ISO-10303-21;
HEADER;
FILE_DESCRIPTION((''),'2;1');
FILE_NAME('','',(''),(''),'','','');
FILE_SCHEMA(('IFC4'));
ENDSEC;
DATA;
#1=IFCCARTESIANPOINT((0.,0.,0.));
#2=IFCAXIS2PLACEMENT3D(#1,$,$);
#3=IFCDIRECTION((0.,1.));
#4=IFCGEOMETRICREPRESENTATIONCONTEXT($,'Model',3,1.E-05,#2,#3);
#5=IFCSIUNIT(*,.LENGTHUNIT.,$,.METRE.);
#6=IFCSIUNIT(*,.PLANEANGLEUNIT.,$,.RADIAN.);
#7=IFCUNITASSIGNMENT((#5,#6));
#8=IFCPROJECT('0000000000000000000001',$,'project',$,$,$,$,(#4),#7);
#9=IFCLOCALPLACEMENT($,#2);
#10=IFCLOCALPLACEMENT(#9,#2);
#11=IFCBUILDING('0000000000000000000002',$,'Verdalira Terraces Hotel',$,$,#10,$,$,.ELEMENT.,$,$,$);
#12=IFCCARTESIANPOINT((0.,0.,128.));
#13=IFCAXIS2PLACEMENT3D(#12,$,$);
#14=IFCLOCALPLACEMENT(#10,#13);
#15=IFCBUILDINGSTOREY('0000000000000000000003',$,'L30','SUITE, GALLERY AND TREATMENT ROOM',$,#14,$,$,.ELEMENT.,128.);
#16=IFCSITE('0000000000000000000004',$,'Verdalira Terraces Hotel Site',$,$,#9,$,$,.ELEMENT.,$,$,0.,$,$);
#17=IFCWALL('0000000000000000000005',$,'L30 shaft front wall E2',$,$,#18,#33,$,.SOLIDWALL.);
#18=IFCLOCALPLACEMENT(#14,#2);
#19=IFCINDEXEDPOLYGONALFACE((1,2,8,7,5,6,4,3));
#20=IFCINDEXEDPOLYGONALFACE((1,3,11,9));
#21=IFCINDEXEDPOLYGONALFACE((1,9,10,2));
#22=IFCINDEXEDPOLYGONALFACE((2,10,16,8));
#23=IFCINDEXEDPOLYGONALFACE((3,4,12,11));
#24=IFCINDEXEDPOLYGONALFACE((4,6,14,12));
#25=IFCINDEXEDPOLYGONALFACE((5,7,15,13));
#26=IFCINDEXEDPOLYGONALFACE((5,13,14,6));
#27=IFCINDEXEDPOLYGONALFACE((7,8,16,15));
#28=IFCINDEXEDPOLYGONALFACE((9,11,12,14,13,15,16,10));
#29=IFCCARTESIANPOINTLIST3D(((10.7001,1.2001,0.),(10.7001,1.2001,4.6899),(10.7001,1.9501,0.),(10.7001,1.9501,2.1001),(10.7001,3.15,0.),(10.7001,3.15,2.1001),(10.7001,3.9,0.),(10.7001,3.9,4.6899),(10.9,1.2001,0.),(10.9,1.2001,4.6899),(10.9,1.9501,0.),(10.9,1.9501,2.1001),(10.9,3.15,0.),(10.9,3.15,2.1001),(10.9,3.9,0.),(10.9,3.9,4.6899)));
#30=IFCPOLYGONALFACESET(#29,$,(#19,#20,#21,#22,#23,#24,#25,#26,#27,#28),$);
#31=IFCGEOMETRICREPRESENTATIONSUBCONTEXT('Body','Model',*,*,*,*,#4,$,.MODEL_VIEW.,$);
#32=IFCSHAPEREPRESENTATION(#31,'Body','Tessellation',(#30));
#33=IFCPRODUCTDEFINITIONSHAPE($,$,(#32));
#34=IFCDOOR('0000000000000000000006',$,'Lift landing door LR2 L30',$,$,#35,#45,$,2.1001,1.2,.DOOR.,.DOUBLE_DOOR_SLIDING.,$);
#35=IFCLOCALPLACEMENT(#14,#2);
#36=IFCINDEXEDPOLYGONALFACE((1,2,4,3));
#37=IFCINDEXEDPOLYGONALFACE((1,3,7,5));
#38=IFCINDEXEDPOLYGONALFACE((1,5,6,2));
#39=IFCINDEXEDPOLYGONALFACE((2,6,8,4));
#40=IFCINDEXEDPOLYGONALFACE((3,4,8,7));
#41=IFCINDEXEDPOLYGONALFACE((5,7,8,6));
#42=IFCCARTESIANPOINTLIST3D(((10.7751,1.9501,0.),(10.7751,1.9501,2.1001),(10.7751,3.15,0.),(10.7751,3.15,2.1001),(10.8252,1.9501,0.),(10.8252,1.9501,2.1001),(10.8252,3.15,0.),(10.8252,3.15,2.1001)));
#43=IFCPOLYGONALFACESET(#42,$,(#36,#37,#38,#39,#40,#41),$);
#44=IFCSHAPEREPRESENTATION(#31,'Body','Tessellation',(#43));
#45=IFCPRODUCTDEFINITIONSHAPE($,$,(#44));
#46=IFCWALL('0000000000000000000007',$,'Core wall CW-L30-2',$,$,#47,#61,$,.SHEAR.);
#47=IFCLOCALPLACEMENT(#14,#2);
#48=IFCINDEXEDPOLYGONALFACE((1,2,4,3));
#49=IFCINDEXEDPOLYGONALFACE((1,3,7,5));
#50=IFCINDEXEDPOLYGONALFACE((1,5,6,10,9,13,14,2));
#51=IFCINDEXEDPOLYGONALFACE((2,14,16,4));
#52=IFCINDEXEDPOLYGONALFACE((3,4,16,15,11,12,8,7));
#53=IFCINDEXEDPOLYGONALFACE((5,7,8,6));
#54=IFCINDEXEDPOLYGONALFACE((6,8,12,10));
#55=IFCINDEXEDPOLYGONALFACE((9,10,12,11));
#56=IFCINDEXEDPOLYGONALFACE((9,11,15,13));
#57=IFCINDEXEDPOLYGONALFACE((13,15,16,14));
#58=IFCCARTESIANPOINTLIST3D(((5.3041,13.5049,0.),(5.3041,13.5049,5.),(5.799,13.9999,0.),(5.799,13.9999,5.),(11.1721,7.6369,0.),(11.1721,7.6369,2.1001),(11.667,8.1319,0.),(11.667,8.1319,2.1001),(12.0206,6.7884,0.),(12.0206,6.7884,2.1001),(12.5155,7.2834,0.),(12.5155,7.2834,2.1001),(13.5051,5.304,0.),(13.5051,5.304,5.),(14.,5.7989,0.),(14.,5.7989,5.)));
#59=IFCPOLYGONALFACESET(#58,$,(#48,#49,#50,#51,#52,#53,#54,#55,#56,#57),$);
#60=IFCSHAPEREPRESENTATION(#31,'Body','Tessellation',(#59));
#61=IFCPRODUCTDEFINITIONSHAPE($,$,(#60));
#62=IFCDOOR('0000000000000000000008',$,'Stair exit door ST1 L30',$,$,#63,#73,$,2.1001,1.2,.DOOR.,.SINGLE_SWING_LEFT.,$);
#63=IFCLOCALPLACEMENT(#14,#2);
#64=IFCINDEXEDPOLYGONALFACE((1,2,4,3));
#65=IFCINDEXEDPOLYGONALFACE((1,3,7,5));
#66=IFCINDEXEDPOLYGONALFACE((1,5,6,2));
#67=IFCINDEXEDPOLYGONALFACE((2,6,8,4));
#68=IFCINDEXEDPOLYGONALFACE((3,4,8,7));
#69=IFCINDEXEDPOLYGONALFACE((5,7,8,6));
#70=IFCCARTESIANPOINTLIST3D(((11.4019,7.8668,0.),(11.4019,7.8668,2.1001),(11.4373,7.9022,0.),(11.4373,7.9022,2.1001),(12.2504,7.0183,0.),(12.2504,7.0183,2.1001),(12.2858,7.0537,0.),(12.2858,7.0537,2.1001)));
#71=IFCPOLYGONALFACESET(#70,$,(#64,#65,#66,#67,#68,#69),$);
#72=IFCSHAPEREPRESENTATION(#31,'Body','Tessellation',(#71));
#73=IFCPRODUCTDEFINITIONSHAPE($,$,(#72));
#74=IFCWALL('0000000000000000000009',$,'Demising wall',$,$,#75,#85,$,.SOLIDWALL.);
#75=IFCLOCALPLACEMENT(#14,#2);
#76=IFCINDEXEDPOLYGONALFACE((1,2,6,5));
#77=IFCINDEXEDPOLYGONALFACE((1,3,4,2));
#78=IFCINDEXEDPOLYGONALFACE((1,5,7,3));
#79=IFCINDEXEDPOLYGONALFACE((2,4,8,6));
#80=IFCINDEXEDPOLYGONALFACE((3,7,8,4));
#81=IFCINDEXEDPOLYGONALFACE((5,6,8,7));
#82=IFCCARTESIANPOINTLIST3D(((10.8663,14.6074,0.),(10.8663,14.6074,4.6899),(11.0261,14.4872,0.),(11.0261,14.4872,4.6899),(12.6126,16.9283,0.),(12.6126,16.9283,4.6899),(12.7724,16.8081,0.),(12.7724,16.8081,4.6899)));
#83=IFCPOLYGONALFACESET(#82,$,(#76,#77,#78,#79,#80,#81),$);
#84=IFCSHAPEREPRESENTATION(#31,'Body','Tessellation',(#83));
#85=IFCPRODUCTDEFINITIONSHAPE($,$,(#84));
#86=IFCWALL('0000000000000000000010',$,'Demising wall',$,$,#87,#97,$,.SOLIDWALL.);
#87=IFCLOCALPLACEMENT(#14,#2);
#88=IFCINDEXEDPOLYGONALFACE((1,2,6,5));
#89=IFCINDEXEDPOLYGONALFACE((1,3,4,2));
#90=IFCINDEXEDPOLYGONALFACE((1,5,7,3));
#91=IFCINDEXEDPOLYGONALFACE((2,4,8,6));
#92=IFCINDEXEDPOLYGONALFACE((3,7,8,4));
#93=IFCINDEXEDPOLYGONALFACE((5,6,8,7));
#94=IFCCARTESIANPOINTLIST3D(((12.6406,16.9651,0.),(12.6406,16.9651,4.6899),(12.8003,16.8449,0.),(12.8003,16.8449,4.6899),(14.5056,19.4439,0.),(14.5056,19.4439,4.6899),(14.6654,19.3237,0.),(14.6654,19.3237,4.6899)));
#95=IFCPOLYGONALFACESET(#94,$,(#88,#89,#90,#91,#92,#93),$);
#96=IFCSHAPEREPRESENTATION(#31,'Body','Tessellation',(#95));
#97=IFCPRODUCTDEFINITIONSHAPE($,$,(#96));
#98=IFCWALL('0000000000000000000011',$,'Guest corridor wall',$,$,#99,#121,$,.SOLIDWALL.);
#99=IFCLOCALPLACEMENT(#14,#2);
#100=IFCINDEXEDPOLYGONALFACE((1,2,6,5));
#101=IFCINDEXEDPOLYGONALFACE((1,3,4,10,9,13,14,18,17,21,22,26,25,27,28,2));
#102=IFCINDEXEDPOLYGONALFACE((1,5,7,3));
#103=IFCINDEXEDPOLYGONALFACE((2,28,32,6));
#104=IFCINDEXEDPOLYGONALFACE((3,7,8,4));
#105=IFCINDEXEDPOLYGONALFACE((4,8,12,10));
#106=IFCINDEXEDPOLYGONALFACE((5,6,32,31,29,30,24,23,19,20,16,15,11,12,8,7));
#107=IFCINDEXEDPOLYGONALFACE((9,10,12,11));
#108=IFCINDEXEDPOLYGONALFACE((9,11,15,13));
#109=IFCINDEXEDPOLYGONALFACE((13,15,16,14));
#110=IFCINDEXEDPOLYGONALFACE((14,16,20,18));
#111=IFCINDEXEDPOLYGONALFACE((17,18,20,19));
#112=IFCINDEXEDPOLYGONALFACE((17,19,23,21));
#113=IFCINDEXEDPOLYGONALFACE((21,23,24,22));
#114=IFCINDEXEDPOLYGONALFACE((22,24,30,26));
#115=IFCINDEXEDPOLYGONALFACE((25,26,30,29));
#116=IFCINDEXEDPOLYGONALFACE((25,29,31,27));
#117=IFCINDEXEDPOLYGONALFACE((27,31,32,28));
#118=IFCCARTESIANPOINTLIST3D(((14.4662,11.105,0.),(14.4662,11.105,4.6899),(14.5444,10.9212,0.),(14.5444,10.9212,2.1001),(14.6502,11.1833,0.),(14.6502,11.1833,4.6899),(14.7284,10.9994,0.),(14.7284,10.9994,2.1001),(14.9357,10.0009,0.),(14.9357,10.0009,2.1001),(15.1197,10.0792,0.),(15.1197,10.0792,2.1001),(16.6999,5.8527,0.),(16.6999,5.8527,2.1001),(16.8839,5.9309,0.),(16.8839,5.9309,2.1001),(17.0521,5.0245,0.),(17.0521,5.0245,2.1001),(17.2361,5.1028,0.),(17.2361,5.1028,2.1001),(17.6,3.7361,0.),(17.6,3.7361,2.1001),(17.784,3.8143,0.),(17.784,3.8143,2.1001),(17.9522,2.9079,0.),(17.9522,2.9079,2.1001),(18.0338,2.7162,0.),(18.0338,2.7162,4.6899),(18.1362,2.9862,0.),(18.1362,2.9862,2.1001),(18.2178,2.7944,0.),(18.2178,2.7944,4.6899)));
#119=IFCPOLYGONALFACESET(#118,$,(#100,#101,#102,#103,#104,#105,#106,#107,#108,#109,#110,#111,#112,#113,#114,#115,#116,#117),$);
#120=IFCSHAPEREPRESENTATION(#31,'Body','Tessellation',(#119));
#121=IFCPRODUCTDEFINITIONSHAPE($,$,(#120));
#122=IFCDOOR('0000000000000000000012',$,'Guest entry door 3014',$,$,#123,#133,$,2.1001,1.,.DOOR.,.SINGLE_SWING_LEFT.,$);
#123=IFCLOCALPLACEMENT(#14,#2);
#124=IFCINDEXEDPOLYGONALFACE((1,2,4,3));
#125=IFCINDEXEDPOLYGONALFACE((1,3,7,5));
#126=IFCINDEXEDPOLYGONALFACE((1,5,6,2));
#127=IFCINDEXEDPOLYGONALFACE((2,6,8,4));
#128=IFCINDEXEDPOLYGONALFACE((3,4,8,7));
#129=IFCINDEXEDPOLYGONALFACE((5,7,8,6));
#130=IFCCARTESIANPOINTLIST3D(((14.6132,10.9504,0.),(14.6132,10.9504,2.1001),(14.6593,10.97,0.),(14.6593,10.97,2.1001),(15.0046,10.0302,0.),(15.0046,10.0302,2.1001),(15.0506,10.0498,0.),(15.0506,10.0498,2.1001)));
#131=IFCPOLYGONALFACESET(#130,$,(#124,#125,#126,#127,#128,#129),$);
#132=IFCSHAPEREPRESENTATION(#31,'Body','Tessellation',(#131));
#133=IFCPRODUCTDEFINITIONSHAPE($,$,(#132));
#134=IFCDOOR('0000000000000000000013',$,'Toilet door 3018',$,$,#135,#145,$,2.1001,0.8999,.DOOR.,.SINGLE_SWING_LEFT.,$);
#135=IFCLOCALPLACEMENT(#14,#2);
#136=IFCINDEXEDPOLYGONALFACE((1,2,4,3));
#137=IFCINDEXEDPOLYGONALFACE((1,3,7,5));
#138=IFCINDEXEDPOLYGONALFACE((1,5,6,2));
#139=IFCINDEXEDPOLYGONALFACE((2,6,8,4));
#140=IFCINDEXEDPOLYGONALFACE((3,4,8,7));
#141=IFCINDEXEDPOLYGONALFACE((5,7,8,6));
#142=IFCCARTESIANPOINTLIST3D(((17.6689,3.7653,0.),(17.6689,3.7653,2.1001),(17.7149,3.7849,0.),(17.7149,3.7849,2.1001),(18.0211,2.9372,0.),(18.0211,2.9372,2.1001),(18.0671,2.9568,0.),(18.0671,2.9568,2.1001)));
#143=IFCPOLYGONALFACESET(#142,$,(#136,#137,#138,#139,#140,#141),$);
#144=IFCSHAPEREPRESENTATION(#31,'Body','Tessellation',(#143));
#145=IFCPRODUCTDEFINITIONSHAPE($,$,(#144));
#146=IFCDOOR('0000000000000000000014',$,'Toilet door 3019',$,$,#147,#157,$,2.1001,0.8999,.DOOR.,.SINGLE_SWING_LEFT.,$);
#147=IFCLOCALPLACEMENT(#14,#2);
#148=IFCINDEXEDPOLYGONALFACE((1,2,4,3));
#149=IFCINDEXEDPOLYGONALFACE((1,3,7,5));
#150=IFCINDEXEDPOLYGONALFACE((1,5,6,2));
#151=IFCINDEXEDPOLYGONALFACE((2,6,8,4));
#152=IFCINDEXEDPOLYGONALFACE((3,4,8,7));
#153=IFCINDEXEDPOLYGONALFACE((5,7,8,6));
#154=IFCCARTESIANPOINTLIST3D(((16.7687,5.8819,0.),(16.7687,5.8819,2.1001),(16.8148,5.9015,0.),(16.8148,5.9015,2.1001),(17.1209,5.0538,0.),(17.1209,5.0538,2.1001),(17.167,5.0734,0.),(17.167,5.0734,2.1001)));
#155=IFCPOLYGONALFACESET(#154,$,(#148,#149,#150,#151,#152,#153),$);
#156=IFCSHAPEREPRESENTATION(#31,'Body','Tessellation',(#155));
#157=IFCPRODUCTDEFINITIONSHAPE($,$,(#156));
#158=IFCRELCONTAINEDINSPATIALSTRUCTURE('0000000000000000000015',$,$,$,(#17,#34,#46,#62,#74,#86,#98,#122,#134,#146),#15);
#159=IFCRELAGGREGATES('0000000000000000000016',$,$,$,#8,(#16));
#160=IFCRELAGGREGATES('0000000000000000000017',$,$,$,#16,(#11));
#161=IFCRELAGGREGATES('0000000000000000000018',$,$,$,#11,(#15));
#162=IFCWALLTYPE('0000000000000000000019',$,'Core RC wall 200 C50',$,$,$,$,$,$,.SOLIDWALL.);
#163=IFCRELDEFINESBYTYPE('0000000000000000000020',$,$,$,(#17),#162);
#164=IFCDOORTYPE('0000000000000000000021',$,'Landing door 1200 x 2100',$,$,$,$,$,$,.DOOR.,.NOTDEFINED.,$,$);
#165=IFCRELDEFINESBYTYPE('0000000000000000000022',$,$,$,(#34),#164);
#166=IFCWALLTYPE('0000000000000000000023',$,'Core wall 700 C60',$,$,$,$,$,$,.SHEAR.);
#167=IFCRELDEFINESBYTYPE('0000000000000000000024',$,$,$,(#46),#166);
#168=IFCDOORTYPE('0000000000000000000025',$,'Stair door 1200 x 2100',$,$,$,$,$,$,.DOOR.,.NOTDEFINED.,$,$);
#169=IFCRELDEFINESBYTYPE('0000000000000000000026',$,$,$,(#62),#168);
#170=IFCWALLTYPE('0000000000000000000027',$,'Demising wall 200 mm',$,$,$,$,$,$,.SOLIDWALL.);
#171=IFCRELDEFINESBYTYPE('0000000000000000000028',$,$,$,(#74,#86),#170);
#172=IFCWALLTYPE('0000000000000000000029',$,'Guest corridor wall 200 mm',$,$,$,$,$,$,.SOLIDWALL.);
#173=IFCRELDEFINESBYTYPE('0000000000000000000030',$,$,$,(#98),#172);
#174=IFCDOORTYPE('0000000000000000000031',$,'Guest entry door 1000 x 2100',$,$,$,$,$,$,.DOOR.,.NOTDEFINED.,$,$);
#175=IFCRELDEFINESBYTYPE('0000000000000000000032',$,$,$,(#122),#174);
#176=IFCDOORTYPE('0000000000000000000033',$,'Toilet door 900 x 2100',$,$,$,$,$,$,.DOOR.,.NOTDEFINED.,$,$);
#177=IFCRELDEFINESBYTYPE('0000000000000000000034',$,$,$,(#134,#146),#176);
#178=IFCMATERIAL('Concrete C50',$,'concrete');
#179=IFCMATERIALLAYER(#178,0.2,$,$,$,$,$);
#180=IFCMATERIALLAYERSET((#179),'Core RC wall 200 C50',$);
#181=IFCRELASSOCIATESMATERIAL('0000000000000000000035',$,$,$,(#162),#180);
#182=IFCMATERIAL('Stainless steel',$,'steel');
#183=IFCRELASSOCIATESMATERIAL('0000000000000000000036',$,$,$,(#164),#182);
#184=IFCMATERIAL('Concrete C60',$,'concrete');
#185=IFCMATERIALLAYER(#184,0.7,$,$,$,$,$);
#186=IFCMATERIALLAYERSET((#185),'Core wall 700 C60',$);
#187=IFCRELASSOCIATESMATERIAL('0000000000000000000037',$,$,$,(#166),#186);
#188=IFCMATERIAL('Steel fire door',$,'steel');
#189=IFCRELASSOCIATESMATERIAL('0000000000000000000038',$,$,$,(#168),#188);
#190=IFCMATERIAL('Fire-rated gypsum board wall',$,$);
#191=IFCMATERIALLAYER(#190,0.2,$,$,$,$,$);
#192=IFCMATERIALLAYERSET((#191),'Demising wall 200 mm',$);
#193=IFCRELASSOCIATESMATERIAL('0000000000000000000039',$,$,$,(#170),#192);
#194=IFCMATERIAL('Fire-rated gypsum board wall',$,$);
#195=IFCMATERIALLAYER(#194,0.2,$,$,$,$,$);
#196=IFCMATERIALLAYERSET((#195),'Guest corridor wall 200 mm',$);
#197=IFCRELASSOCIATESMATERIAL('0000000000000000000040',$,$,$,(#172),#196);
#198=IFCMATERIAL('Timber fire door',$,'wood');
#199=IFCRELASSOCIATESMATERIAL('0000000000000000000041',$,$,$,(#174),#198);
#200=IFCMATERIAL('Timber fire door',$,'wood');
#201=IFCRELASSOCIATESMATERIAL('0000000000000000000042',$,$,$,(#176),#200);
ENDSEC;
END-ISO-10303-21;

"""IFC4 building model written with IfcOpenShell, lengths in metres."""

from ifc_helpers import new_model, si_unit, direction, frame, frame_2d, origin, place, context, subcontext, project, spatial, rectangle, extrude, material, layer, layer_set, type_object, element, fill, save


model = new_model("IFC4")

# Units and contexts
model_context = context("Model", 3, precision=1e-05, world=origin(), true_north=direction((0.0, 1.0)))
body_context = subcontext(model_context, "Body", "Model", "MODEL_VIEW")
ifc_project = project(units=[si_unit("LENGTHUNIT", "METRE"), si_unit("PLANEANGLEUNIT", "RADIAN")], contexts=[model_context])

# Site, building, storey
site_placement = place(None, origin())
site = spatial("IfcSite", under=ifc_project, at=site_placement, Name="Verdalira Terraces Hotel Site", CompositionType="ELEMENT", RefElevation=0.0)
building_placement = place(site_placement, origin())
building = spatial("IfcBuilding", under=site, at=building_placement, Name="Verdalira Terraces Hotel", CompositionType="ELEMENT")
storey_placement = place(building_placement, frame((0.0, 0.0, 128.0)))
storey = spatial("IfcBuildingStorey", under=building, at=storey_placement, Name="L30", Description="SUITE, GALLERY AND TREATMENT ROOM", CompositionType="ELEMENT", Elevation=128.0)

# Walls, openings, doors
ifc_material_1 = material(Name="Concrete C50", Category="concrete")
ifc_layer_1 = layer(ifc_material_1, 0.2)
ifc_layer_set_1 = layer_set([ifc_layer_1], Name="Core RC wall 200 C50")
wall_type_1 = type_object("IfcWallType", Name="Core RC wall 200 C50", PredefinedType="SOLIDWALL", material=ifc_layer_set_1)
wall_1_placement = place(storey_placement, frame((10.8, 1.2, 0.0), z_axis=(0.0, 0.0, 1.0), x_axis=(0.0, 1.0, 0.0)))
wall_1 = element("IfcWall", 1, at=wall_1_placement, inside=storey, type_object=wall_type_1, Name="L30 shaft front wall E2", PredefinedType="SOLIDWALL", context=body_context, shape_type="SweptSolid", body=[
    extrude(rectangle(XDim=2.7, YDim=0.2, at=frame_2d((1.3501, 0.0))), origin(), (0.0, 0.0, 1.0), 4.6899),
])
opening_1_placement = place(wall_1_placement, frame((0.75, 0.0, 0.0)))
opening_1 = element("IfcOpeningElement", 2, at=opening_1_placement, cuts=wall_1, PredefinedType="OPENING", context=body_context, shape_type="SweptSolid", body=[
    extrude(rectangle(XDim=1.2, YDim=2.1001, at=frame_2d((0.6001, 1.05))), frame((0.0, 0.1099, 0.0), z_axis=(0.0, -1.0, 0.0), x_axis=(1.0, 0.0, 0.0)), (0.0, 0.0, 1.0), 0.22),
])
ifc_material_2 = material(Name="Stainless steel", Category="steel")
door_type_1 = type_object("IfcDoorType", Name="Landing door 1200 x 2100", OperationType="NOTDEFINED", PredefinedType="DOOR", material=ifc_material_2)
door_1_placement = place(opening_1_placement, origin())
door_1 = element("IfcDoor", 3, at=door_1_placement, inside=storey, type_object=door_type_1, Name="Lift landing door LR2 L30", OperationType="DOUBLE_DOOR_SLIDING", OverallHeight=2.1001, OverallWidth=1.2, PredefinedType="DOOR", context=body_context, shape_type="SweptSolid", body=[
    extrude(rectangle(XDim=1.2, YDim=2.1001, at=frame_2d((0.6001, 1.05))), frame((0.0, 0.0249, 0.0), z_axis=(0.0, -1.0, 0.0), x_axis=(1.0, 0.0, 0.0)), (0.0, 0.0, 1.0), 0.05),
])
fill(opening_1, door_1)
ifc_material_3 = material(Name="Concrete C60", Category="concrete")
ifc_layer_2 = layer(ifc_material_3, 0.7)
ifc_layer_set_2 = layer_set([ifc_layer_2], Name="Core wall 700 C60")
wall_type_2 = type_object("IfcWallType", Name="Core wall 700 C60", PredefinedType="SHEAR", material=ifc_layer_set_2)
wall_2_placement = place(storey_placement, frame((13.7524, 5.5515, 0.0), z_axis=(0.0, 0.0, 1.0), x_axis=(-0.707107, 0.707107, 0.0)))
wall_2 = element("IfcWall", 4, at=wall_2_placement, inside=storey, type_object=wall_type_2, Name="Core wall CW-L30-2", PredefinedType="SHEAR", context=body_context, shape_type="SweptSolid", body=[
    extrude(rectangle(XDim=11.5979, YDim=0.7, at=frame_2d((5.7988, 0.0))), origin(), (0.0, 0.0, 1.0), 5.0),
])
opening_2_placement = place(wall_2_placement, frame((2.0991, 0.0, 0.0)))
opening_2 = element("IfcOpeningElement", 5, at=opening_2_placement, cuts=wall_2, PredefinedType="OPENING", context=body_context, shape_type="SweptSolid", body=[
    extrude(rectangle(XDim=1.2, YDim=2.1001, at=frame_2d((0.6001, 1.05))), frame((0.0, 0.3599, 0.0), z_axis=(0.0, -1.0, 0.0), x_axis=(1.0, 0.0, 0.0)), (0.0, 0.0, 1.0), 0.72),
])
ifc_material_4 = material(Name="Steel fire door", Category="steel")
door_type_2 = type_object("IfcDoorType", Name="Stair door 1200 x 2100", OperationType="NOTDEFINED", PredefinedType="DOOR", material=ifc_material_4)
door_2_placement = place(opening_2_placement, origin())
door_2 = element("IfcDoor", 6, at=door_2_placement, inside=storey, type_object=door_type_2, Name="Stair exit door ST1 L30", OperationType="SINGLE_SWING_LEFT", OverallHeight=2.1001, OverallWidth=1.2, PredefinedType="DOOR", context=body_context, shape_type="SweptSolid", body=[
    extrude(rectangle(XDim=1.2, YDim=2.1001, at=frame_2d((0.6001, 1.05))), frame((0.0, 0.0249, 0.0), z_axis=(0.0, -1.0, 0.0), x_axis=(1.0, 0.0, 0.0)), (0.0, 0.0, 1.0), 0.05),
])
fill(opening_2, door_2)

# Walls
ifc_material_5 = material(Name="Fire-rated gypsum board wall")
ifc_layer_3 = layer(ifc_material_5, 0.2)
ifc_layer_set_3 = layer_set([ifc_layer_3], Name="Demising wall 200 mm")
wall_type_3 = type_object("IfcWallType", Name="Demising wall 200 mm", PredefinedType="SOLIDWALL", material=ifc_layer_set_3)
wall_3_placement = place(storey_placement, frame((10.9463, 14.5474, 0.0), z_axis=(0.0, 0.0, 1.0), x_axis=(0.601223, 0.799081, 0.0)))
element("IfcWall", 7, at=wall_3_placement, inside=storey, type_object=wall_type_3, Name="Demising wall", PredefinedType="SOLIDWALL", context=body_context, shape_type="SweptSolid", body=[
    extrude(rectangle(XDim=2.9045, YDim=0.2, at=frame_2d((1.4521, 0.0))), origin(), (0.0, 0.0, 1.0), 4.6899),
])
wall_4_placement = place(storey_placement, frame((12.7205, 16.905, 0.0), z_axis=(0.0, 0.0, 1.0), x_axis=(0.601221, 0.799083, 0.0)))
element("IfcWall", 8, at=wall_4_placement, inside=storey, type_object=wall_type_3, Name="Demising wall", PredefinedType="SOLIDWALL", context=body_context, shape_type="SweptSolid", body=[
    extrude(rectangle(XDim=3.1021, YDim=0.2, at=frame_2d((1.551, 0.0))), origin(), (0.0, 0.0, 1.0), 4.6899),
])

# Wall, openings, doors
ifc_material_6 = material(Name="Fire-rated gypsum board wall")
ifc_layer_4 = layer(ifc_material_6, 0.2)
ifc_layer_set_4 = layer_set([ifc_layer_4], Name="Guest corridor wall 200 mm")
wall_type_4 = type_object("IfcWallType", Name="Guest corridor wall 200 mm", PredefinedType="SOLIDWALL", material=ifc_layer_set_4)
wall_5_placement = place(storey_placement, frame((14.5581, 11.1443, 0.0), z_axis=(0.0, 0.0, 1.0), x_axis=(0.391358, -0.920239, 0.0)))
wall_5 = element("IfcWall", 9, at=wall_5_placement, inside=storey, type_object=wall_type_4, Name="Guest corridor wall", PredefinedType="SOLIDWALL", context=body_context, shape_type="SweptSolid", body=[
    extrude(rectangle(XDim=9.116, YDim=0.2, at=frame_2d((4.5581, 0.0))), origin(), (0.0, 0.0, 1.0), 4.6899),
])
opening_3_placement = place(wall_5_placement, frame((0.2, 0.0, 0.0)))
opening_3 = element("IfcOpeningElement", 10, at=opening_3_placement, cuts=wall_5, PredefinedType="OPENING", context=body_context, shape_type="SweptSolid", body=[
    extrude(rectangle(XDim=1.0, YDim=2.1001, at=frame_2d((0.5, 1.05))), frame((0.0, 0.1099, 0.0), z_axis=(0.0, -1.0, 0.0), x_axis=(1.0, 0.0, 0.0)), (0.0, 0.0, 1.0), 0.22),
])
opening_4_placement = place(wall_5_placement, frame((8.0078, 0.0, 0.0)))
opening_4 = element("IfcOpeningElement", 11, at=opening_4_placement, cuts=wall_5, PredefinedType="OPENING", context=body_context, shape_type="SweptSolid", body=[
    extrude(rectangle(XDim=0.8999, YDim=2.1001, at=frame_2d((0.45, 1.05))), frame((0.0, 0.1099, 0.0), z_axis=(0.0, -1.0, 0.0), x_axis=(1.0, 0.0, 0.0)), (0.0, 0.0, 1.0), 0.22),
])
opening_5_placement = place(wall_5_placement, frame((5.7078, 0.0, 0.0)))
opening_5 = element("IfcOpeningElement", 12, at=opening_5_placement, cuts=wall_5, PredefinedType="OPENING", context=body_context, shape_type="SweptSolid", body=[
    extrude(rectangle(XDim=0.8999, YDim=2.1001, at=frame_2d((0.45, 1.05))), frame((0.0, 0.1099, 0.0), z_axis=(0.0, -1.0, 0.0), x_axis=(1.0, 0.0, 0.0)), (0.0, 0.0, 1.0), 0.22),
])
ifc_material_7 = material(Name="Timber fire door", Category="wood")
door_type_3 = type_object("IfcDoorType", Name="Guest entry door 1000 x 2100", OperationType="NOTDEFINED", PredefinedType="DOOR", material=ifc_material_7)
door_3_placement = place(opening_3_placement, origin())
door_3 = element("IfcDoor", 13, at=door_3_placement, inside=storey, type_object=door_type_3, Name="Guest entry door 3014", OperationType="SINGLE_SWING_LEFT", OverallHeight=2.1001, OverallWidth=1.0, PredefinedType="DOOR", context=body_context, shape_type="SweptSolid", body=[
    extrude(rectangle(XDim=1.0, YDim=2.1001, at=frame_2d((0.5, 1.05))), frame((0.0, 0.0249, 0.0), z_axis=(0.0, -1.0, 0.0), x_axis=(1.0, 0.0, 0.0)), (0.0, 0.0, 1.0), 0.05),
])
fill(opening_3, door_3)
ifc_material_8 = material(Name="Timber fire door", Category="wood")
door_type_4 = type_object("IfcDoorType", Name="Toilet door 900 x 2100", OperationType="NOTDEFINED", PredefinedType="DOOR", material=ifc_material_8)
door_4_placement = place(opening_4_placement, origin())
door_4 = element("IfcDoor", 14, at=door_4_placement, inside=storey, type_object=door_type_4, Name="Toilet door 3018", OperationType="SINGLE_SWING_LEFT", OverallHeight=2.1001, OverallWidth=0.8999, PredefinedType="DOOR", context=body_context, shape_type="SweptSolid", body=[
    extrude(rectangle(XDim=0.8999, YDim=2.1001, at=frame_2d((0.45, 1.05))), frame((0.0, 0.0249, 0.0), z_axis=(0.0, -1.0, 0.0), x_axis=(1.0, 0.0, 0.0)), (0.0, 0.0, 1.0), 0.05),
])
fill(opening_4, door_4)
door_5_placement = place(opening_5_placement, origin())
door_5 = element("IfcDoor", 15, at=door_5_placement, inside=storey, type_object=door_type_4, Name="Toilet door 3019", OperationType="SINGLE_SWING_LEFT", OverallHeight=2.1001, OverallWidth=0.8999, PredefinedType="DOOR", context=body_context, shape_type="SweptSolid", body=[
    extrude(rectangle(XDim=0.8999, YDim=2.1001, at=frame_2d((0.45, 1.05))), frame((0.0, 0.0249, 0.0), z_axis=(0.0, -1.0, 0.0), x_axis=(1.0, 0.0, 0.0)), (0.0, 0.0, 1.0), 0.05),
])
fill(opening_5, door_5)

save(model, "model.ifc")
